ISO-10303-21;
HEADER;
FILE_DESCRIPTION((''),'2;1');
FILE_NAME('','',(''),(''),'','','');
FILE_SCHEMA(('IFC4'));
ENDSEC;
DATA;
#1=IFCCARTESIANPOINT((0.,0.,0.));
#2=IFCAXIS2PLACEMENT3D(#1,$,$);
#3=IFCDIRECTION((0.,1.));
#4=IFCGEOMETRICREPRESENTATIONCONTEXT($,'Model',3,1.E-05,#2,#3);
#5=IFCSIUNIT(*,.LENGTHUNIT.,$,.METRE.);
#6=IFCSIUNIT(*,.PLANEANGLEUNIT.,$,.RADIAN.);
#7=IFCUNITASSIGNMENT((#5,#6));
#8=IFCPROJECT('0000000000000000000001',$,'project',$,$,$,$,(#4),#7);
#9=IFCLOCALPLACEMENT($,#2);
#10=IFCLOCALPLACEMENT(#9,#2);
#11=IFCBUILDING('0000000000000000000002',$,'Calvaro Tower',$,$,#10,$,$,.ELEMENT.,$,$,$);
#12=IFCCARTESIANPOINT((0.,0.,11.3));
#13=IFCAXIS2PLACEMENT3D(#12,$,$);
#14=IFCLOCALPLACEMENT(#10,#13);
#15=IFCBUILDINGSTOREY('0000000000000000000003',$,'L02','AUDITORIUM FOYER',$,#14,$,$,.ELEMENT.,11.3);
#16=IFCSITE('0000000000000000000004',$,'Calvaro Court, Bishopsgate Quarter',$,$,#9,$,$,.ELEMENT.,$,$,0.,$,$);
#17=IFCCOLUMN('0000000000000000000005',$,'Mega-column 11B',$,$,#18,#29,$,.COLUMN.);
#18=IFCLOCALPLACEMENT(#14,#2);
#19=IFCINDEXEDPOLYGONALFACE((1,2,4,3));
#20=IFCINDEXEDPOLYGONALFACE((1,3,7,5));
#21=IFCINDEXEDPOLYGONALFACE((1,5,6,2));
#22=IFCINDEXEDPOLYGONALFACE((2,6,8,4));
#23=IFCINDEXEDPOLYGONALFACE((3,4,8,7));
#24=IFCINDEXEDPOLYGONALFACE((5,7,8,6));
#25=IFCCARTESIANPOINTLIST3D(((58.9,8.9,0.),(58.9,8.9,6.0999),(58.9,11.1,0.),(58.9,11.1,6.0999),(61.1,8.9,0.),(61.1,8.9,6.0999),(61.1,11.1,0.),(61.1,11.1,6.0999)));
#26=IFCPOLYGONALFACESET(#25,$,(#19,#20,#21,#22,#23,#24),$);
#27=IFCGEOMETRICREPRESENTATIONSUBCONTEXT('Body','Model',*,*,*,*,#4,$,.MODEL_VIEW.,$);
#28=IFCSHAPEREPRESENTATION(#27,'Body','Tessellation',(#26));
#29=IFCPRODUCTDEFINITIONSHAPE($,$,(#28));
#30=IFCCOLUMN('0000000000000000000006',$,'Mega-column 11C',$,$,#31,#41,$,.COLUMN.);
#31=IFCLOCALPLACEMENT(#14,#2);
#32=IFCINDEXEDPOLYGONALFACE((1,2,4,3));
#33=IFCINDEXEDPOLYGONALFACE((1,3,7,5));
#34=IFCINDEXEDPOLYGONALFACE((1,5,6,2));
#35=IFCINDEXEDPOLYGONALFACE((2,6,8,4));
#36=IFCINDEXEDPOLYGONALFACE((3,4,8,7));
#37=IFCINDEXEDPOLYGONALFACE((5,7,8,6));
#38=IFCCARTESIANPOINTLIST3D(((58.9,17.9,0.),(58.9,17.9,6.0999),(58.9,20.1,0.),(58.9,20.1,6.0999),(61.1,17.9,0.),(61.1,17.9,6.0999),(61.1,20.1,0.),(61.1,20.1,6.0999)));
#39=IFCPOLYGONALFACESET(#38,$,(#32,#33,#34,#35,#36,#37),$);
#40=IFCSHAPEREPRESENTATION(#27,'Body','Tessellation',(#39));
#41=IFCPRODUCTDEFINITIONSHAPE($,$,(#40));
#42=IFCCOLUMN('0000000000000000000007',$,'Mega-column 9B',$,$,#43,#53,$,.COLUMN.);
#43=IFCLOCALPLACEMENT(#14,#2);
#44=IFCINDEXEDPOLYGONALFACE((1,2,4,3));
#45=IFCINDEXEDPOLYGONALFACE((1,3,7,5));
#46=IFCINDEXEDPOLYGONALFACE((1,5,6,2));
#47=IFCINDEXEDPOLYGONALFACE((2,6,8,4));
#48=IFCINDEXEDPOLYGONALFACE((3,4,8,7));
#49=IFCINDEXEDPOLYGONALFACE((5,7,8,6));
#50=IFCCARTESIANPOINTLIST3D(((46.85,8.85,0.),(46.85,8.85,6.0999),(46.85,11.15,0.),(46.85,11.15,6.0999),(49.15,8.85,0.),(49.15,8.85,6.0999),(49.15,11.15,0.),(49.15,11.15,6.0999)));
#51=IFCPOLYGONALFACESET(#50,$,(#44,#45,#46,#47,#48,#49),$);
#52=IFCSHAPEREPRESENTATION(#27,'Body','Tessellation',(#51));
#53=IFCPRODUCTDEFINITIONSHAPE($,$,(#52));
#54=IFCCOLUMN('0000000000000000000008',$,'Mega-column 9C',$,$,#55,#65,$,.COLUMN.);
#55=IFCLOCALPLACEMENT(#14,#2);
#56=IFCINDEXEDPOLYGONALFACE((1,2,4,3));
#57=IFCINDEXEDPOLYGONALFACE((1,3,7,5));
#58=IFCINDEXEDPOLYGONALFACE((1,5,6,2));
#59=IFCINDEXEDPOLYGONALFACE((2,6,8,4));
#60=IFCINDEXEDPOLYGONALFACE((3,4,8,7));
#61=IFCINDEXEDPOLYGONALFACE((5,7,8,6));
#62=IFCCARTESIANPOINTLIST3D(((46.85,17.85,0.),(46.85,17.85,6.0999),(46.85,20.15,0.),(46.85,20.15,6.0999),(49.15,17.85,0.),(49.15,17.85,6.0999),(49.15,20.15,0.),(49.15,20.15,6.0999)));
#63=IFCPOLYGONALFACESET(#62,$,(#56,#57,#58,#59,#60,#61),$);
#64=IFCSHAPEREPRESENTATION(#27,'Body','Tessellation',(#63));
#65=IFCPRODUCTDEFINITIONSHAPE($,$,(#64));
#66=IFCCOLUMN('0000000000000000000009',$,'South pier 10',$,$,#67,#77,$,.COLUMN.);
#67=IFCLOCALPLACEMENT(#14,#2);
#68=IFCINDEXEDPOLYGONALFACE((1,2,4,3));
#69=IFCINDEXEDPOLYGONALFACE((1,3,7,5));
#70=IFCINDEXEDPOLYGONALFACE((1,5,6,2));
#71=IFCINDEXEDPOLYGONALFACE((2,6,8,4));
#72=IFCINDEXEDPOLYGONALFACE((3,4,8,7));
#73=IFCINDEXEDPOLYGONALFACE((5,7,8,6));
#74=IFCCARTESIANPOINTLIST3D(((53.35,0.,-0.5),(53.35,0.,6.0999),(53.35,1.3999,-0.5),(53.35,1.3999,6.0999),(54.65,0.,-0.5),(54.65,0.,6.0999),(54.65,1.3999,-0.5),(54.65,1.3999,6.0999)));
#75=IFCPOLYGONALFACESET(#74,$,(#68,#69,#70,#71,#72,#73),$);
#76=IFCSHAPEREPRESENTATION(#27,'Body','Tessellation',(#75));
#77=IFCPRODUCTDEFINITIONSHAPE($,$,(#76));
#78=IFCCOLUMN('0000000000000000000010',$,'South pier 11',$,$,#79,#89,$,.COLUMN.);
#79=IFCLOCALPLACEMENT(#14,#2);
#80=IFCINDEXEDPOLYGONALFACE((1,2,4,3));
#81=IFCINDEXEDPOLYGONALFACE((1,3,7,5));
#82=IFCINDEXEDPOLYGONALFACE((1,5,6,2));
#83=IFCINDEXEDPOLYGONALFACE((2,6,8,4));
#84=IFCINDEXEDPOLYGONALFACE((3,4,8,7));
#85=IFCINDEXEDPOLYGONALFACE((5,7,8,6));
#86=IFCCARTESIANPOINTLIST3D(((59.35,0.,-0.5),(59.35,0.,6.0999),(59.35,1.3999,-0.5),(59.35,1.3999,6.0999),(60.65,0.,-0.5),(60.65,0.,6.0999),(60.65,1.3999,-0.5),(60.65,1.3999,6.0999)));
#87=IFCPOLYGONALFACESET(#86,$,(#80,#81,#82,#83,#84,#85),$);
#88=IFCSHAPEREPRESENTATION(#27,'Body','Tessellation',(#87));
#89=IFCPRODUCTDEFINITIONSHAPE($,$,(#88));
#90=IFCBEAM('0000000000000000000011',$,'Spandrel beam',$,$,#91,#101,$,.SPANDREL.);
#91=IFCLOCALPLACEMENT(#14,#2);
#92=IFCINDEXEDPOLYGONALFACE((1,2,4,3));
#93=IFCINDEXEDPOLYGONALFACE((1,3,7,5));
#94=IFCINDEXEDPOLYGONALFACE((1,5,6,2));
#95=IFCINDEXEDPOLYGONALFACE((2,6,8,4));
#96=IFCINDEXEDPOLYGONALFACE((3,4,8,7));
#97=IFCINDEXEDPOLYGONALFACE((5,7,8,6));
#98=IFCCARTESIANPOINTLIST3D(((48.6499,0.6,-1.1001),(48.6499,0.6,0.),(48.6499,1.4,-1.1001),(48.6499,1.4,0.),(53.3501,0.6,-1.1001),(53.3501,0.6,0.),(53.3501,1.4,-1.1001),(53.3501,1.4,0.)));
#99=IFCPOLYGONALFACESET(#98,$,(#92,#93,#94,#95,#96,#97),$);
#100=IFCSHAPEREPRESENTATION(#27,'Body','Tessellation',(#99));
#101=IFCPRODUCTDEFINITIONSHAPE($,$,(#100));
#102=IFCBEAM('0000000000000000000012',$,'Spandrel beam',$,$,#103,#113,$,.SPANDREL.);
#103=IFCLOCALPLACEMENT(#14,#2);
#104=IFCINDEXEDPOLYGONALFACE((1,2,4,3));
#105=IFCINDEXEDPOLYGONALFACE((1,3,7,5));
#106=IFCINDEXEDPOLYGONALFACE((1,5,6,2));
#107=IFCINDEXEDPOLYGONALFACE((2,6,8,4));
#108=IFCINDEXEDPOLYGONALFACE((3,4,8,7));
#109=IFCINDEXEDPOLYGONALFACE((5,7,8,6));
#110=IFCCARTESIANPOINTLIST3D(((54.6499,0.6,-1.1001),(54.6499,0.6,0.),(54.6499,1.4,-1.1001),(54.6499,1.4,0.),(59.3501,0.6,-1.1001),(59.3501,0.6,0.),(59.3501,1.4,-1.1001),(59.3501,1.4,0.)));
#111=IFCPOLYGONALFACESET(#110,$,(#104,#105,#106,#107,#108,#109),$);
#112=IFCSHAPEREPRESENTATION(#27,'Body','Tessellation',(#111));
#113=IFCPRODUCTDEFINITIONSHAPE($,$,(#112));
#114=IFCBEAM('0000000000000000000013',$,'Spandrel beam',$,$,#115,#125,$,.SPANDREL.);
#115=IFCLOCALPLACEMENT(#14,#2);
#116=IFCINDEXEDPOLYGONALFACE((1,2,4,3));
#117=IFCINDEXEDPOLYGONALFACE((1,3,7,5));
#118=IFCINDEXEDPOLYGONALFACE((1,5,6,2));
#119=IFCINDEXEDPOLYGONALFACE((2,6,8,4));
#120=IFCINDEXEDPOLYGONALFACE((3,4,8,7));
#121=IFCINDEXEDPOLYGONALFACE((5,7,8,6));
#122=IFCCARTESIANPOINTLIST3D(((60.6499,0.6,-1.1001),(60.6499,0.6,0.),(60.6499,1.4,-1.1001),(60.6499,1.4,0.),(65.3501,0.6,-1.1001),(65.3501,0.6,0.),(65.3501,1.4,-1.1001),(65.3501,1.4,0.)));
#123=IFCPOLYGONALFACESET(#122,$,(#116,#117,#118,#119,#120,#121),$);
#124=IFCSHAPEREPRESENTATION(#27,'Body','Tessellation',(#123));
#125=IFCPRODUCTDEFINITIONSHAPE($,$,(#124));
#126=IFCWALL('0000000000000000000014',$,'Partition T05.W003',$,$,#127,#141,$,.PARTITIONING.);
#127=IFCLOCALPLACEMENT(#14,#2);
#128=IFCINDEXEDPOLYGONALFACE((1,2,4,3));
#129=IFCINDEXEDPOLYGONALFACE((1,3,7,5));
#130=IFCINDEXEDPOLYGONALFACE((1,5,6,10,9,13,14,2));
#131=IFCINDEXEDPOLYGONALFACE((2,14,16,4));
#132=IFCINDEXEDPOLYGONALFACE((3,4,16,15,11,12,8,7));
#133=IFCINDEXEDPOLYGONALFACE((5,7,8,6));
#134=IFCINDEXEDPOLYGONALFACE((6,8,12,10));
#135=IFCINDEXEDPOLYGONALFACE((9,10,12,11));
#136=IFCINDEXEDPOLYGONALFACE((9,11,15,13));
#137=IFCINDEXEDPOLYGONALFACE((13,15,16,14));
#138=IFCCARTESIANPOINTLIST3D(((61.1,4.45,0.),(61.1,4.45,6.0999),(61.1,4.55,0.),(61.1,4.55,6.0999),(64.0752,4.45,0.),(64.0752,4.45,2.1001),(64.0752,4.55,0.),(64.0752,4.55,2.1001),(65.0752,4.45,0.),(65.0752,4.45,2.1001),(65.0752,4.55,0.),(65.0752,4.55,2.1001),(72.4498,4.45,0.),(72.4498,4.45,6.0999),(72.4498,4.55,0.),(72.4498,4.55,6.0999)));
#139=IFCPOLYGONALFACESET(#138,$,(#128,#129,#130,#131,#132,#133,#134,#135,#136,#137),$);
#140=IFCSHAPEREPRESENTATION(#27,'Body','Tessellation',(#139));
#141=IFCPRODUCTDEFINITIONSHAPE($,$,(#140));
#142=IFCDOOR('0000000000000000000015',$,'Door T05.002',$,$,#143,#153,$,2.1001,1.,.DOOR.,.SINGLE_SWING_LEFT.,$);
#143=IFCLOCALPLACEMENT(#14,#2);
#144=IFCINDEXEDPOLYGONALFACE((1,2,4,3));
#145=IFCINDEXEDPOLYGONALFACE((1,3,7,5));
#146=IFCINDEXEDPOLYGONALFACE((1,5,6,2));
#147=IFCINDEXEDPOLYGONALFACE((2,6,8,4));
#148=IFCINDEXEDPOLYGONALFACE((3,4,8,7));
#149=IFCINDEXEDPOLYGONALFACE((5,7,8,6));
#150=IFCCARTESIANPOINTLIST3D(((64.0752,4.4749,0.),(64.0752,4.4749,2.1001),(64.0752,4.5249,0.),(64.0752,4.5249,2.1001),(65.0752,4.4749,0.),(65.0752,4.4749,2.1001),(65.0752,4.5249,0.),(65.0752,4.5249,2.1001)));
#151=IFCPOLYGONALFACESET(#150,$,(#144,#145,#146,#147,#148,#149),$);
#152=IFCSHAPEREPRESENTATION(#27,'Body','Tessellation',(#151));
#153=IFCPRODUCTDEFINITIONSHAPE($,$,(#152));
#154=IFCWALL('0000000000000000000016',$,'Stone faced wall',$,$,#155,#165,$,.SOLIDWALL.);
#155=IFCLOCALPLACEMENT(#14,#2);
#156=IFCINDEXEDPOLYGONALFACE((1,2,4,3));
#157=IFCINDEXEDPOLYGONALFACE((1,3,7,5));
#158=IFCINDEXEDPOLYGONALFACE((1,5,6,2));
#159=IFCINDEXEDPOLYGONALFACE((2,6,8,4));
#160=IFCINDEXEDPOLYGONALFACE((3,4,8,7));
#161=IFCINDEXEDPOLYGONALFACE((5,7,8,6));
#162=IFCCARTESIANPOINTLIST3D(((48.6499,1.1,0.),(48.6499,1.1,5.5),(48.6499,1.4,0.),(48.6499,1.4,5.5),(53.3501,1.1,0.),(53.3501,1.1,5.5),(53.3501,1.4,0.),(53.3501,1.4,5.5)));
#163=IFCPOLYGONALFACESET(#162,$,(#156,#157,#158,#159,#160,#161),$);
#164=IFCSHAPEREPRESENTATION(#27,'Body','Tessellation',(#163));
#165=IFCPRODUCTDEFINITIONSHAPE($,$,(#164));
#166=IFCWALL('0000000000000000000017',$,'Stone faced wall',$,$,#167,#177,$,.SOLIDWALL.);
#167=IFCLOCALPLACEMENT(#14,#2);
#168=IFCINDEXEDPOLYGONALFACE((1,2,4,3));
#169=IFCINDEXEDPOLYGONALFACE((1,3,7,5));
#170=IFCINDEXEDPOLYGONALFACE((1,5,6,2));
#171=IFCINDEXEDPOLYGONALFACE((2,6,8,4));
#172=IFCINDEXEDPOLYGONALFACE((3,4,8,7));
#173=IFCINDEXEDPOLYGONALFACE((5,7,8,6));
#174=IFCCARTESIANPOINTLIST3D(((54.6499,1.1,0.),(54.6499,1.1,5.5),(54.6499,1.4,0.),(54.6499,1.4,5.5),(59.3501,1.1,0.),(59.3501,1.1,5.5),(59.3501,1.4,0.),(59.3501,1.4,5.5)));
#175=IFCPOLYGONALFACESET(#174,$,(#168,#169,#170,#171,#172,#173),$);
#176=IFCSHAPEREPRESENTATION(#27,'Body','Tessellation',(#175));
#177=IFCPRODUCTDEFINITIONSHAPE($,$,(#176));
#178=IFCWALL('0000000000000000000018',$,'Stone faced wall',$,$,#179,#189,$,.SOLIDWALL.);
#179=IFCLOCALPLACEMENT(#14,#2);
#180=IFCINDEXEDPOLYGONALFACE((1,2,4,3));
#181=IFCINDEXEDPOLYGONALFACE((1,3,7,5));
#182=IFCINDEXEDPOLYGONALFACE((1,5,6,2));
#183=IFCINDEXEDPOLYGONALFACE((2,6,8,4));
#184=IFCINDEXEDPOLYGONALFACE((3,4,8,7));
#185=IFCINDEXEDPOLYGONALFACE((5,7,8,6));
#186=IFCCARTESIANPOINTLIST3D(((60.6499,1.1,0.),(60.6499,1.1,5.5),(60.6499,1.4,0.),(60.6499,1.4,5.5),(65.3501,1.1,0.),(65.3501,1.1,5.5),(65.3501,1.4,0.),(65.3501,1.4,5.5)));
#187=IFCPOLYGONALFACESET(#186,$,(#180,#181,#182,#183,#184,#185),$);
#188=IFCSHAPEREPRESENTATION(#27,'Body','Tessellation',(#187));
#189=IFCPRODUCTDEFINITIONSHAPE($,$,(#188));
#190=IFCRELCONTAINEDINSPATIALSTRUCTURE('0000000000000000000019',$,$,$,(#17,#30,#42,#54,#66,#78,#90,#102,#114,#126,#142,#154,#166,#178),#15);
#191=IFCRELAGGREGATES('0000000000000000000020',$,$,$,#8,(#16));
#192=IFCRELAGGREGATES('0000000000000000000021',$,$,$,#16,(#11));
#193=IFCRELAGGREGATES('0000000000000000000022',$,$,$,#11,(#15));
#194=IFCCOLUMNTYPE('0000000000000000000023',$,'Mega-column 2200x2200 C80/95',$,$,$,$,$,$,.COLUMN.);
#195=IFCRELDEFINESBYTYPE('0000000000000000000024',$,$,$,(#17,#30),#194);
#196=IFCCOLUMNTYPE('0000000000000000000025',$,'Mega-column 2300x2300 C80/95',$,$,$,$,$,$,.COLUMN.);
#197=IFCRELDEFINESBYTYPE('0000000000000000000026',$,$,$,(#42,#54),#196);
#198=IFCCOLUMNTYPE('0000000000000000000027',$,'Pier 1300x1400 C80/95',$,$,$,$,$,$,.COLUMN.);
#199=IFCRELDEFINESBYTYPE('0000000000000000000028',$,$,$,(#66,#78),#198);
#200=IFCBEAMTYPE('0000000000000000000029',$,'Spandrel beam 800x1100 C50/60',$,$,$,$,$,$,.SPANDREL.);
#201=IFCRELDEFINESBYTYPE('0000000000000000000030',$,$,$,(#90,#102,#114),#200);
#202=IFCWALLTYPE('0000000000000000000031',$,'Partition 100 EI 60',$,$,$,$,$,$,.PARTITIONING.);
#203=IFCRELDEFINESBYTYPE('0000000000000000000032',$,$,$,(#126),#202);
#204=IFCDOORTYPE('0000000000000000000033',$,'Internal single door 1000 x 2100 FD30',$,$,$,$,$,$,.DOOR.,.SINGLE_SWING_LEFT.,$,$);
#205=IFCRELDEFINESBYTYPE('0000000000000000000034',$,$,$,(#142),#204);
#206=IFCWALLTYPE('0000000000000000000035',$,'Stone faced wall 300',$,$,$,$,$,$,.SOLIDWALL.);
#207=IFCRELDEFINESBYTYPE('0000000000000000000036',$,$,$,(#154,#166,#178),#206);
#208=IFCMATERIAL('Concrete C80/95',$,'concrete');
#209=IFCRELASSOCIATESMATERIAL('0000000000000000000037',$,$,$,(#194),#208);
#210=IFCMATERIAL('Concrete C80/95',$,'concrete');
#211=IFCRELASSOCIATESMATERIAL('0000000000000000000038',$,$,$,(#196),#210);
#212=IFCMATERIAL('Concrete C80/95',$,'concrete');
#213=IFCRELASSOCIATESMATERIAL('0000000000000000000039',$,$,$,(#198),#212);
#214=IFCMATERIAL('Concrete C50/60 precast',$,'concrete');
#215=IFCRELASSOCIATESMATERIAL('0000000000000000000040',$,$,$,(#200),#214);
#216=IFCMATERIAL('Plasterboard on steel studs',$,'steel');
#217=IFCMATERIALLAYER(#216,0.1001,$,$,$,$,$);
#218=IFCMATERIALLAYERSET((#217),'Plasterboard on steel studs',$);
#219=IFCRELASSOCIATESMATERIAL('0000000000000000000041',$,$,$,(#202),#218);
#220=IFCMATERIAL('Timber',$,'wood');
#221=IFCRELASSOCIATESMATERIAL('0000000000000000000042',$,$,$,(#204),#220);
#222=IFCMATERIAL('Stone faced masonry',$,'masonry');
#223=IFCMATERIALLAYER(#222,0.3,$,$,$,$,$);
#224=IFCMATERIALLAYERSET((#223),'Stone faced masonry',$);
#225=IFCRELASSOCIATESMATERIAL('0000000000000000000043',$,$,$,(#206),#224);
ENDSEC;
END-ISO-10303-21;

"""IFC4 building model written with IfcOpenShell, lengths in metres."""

from ifc_helpers import new_model, si_unit, direction, frame, frame_2d, origin, origin_2d, place, context, subcontext, project, spatial, rectangle, extrude, material, layer, layer_set, material_profile, profile_set, type_object, element, fill, save


model = new_model("IFC4")

# Units and contexts
model_context = context("Model", 3, precision=1e-05, world=origin(), true_north=direction((0.0, 1.0)))
body_context = subcontext(model_context, "Body", "Model", "MODEL_VIEW")
ifc_project = project(units=[si_unit("LENGTHUNIT", "METRE"), si_unit("PLANEANGLEUNIT", "RADIAN")], contexts=[model_context])

# Site, building, storey
site_placement = place(None, origin())
site = spatial("IfcSite", under=ifc_project, at=site_placement, Name="Calvaro Court, Bishopsgate Quarter", CompositionType="ELEMENT", RefElevation=0.0)
building_placement = place(site_placement, origin())
building = spatial("IfcBuilding", under=site, at=building_placement, Name="Calvaro Tower", CompositionType="ELEMENT")
storey_placement = place(building_placement, frame((0.0, 0.0, 11.3)))
storey = spatial("IfcBuildingStorey", under=building, at=storey_placement, Name="L02", Description="AUDITORIUM FOYER", CompositionType="ELEMENT", Elevation=11.3)

# Columns
ifc_material_1 = material(Name="Concrete C80/95", Category="concrete")
ifc_material_profile_1 = material_profile(ifc_material_1, rectangle(XDim=2.2, YDim=2.2, at=origin_2d()), Name="RC 2200x2200")
ifc_profile_set_1 = profile_set([ifc_material_profile_1], Name="Concrete C80/95")
column_type_1 = type_object("IfcColumnType", Name="Mega-column 2200x2200 C80/95", PredefinedType="COLUMN", material=ifc_profile_set_1)
for number, where, z_axis, x_axis, name in (
    (1, (60.0, 10.0, 0.0), (0.0, 0.0, 1.0), (1.0, 0.0, 0.0), "Mega-column 11B"),
    (2, (60.0, 19.0, 0.0), (0.0, 0.0, 1.0), (1.0, 0.0, 0.0), "Mega-column 11C"),
):
    element("IfcColumn", number, at=place(storey_placement, frame(where, z_axis=z_axis, x_axis=x_axis)), inside=storey, type_object=column_type_1, Name=name, PredefinedType="COLUMN", context=body_context, shape_type="SweptSolid", body=[
        extrude(rectangle(XDim=2.2, YDim=2.2, at=origin_2d()), origin(), (0.0, 0.0, 1.0), 6.0999),
    ])
ifc_material_2 = material(Name="Concrete C80/95", Category="concrete")
ifc_material_profile_2 = material_profile(ifc_material_2, rectangle(XDim=2.3, YDim=2.3, at=origin_2d()), Name="RC 2300x2300")
ifc_profile_set_2 = profile_set([ifc_material_profile_2], Name="Concrete C80/95")
column_type_2 = type_object("IfcColumnType", Name="Mega-column 2300x2300 C80/95", PredefinedType="COLUMN", material=ifc_profile_set_2)
for number, where, z_axis, x_axis, name in (
    (3, (48.0, 10.0, 0.0), (0.0, 0.0, 1.0), (1.0, 0.0, 0.0), "Mega-column 9B"),
    (4, (48.0, 19.0, 0.0), (0.0, 0.0, 1.0), (1.0, 0.0, 0.0), "Mega-column 9C"),
):
    element("IfcColumn", number, at=place(storey_placement, frame(where, z_axis=z_axis, x_axis=x_axis)), inside=storey, type_object=column_type_2, Name=name, PredefinedType="COLUMN", context=body_context, shape_type="SweptSolid", body=[
        extrude(rectangle(XDim=2.3, YDim=2.3, at=origin_2d()), origin(), (0.0, 0.0, 1.0), 6.0999),
    ])
ifc_material_3 = material(Name="Concrete C80/95", Category="concrete")
ifc_material_profile_3 = material_profile(ifc_material_3, rectangle(XDim=1.3, YDim=1.3999, at=origin_2d()), Name="RC 1300x1400")
ifc_profile_set_3 = profile_set([ifc_material_profile_3], Name="Concrete C80/95")
column_type_3 = type_object("IfcColumnType", Name="Pier 1300x1400 C80/95", PredefinedType="COLUMN", material=ifc_profile_set_3)
for number, where, z_axis, x_axis, name in (
    (5, (54.0, 0.7, -0.5), (0.0, 0.0, 1.0), (1.0, 0.0, 0.0), "South pier 10"),
    (6, (60.0, 0.7, -0.5), (0.0, 0.0, 1.0), (1.0, 0.0, 0.0), "South pier 11"),
):
    element("IfcColumn", number, at=place(storey_placement, frame(where, z_axis=z_axis, x_axis=x_axis)), inside=storey, type_object=column_type_3, Name=name, PredefinedType="COLUMN", context=body_context, shape_type="SweptSolid", body=[
        extrude(rectangle(XDim=1.3, YDim=1.3999, at=origin_2d()), origin(), (0.0, 0.0, 1.0), 6.5999),
    ])

# Beams
ifc_material_4 = material(Name="Concrete C50/60 precast", Category="concrete")
ifc_material_profile_4 = material_profile(ifc_material_4, rectangle(XDim=0.8, YDim=1.1001, at=origin_2d()), Name="RC 800x1100")
ifc_profile_set_4 = profile_set([ifc_material_profile_4], Name="Concrete C50/60 precast")
beam_type = type_object("IfcBeamType", Name="Spandrel beam 800x1100 C50/60", PredefinedType="SPANDREL", material=ifc_profile_set_4)
for number, where, z_axis, x_axis, name in (
    (7, (48.6499, 1.0, -0.55), (1.0, 0.0, 0.0), (0.0, 1.0, 0.0), "Spandrel beam"),
    (8, (54.6499, 1.0, -0.55), (1.0, 0.0, 0.0), (0.0, 1.0, 0.0), "Spandrel beam"),
    (9, (60.6499, 1.0, -0.55), (1.0, 0.0, 0.0), (0.0, 1.0, 0.0), "Spandrel beam"),
):
    element("IfcBeam", number, at=place(storey_placement, frame(where, z_axis=z_axis, x_axis=x_axis)), inside=storey, type_object=beam_type, Name=name, PredefinedType="SPANDREL", context=body_context, shape_type="SweptSolid", body=[
        extrude(rectangle(XDim=0.8, YDim=1.1001, at=origin_2d()), origin(), (0.0, 0.0, 1.0), 4.7002),
    ])

# Wall, opening, door
ifc_material_5 = material(Name="Plasterboard on steel studs", Category="steel")
ifc_layer_1 = layer(ifc_material_5, 0.1001)
ifc_layer_set_1 = layer_set([ifc_layer_1], Name="Plasterboard on steel studs")
wall_type_1 = type_object("IfcWallType", Name="Partition 100 EI 60", PredefinedType="PARTITIONING", material=ifc_layer_set_1)
wall_placement = place(storey_placement, frame((61.1001, 4.5, 0.0), z_axis=(0.0, 0.0, 1.0), x_axis=(1.0, 0.0, 0.0)))
wall = element("IfcWall", 10, at=wall_placement, inside=storey, type_object=wall_type_1, Name="Partition T05.W003", PredefinedType="PARTITIONING", context=body_context, shape_type="SweptSolid", body=[
    extrude(rectangle(XDim=11.3499, YDim=0.1001, at=frame_2d((5.6748, 0.0))), origin(), (0.0, 0.0, 1.0), 6.0999),
])
opening_placement = place(wall_placement, frame((2.9751, 0.0, 0.0)))
opening = element("IfcOpeningElement", 11, at=opening_placement, cuts=wall, PredefinedType="OPENING", context=body_context, shape_type="SweptSolid", body=[
    extrude(rectangle(XDim=1.0, YDim=2.1001, at=frame_2d((0.5, 1.05))), frame((0.0, 0.0601, 0.0), z_axis=(0.0, -1.0, 0.0), x_axis=(1.0, 0.0, 0.0)), (0.0, 0.0, 1.0), 0.1201),
])
ifc_material_6 = material(Name="Timber", Category="wood")
door_type = type_object("IfcDoorType", Name="Internal single door 1000 x 2100 FD30", OperationType="SINGLE_SWING_LEFT", PredefinedType="DOOR", material=ifc_material_6)
door_placement = place(opening_placement, origin())
door = element("IfcDoor", 12, at=door_placement, inside=storey, type_object=door_type, Name="Door T05.002", OperationType="SINGLE_SWING_LEFT", OverallHeight=2.1001, OverallWidth=1.0, PredefinedType="DOOR", context=body_context, shape_type="SweptSolid", body=[
    extrude(rectangle(XDim=1.0, YDim=2.1001, at=frame_2d((0.5, 1.05))), frame((0.0, 0.0249, 0.0), z_axis=(0.0, -1.0, 0.0), x_axis=(1.0, 0.0, 0.0)), (0.0, 0.0, 1.0), 0.05),
])
fill(opening, door)

# Walls
ifc_material_7 = material(Name="Stone faced masonry", Category="masonry")
ifc_layer_2 = layer(ifc_material_7, 0.3)
ifc_layer_set_2 = layer_set([ifc_layer_2], Name="Stone faced masonry")
wall_type_2 = type_object("IfcWallType", Name="Stone faced wall 300", PredefinedType="SOLIDWALL", material=ifc_layer_set_2)
for number, where, z_axis, x_axis, name in (
    (13, (48.6499, 1.25, 0.0), (0.0, 0.0, 1.0), (1.0, 0.0, 0.0), "Stone faced wall"),
    (14, (54.6499, 1.25, 0.0), (0.0, 0.0, 1.0), (1.0, 0.0, 0.0), "Stone faced wall"),
    (15, (60.6499, 1.25, 0.0), (0.0, 0.0, 1.0), (1.0, 0.0, 0.0), "Stone faced wall"),
):
    element("IfcWall", number, at=place(storey_placement, frame(where, z_axis=z_axis, x_axis=x_axis)), inside=storey, type_object=wall_type_2, Name=name, PredefinedType="SOLIDWALL", context=body_context, shape_type="SweptSolid", body=[
        extrude(rectangle(XDim=4.7002, YDim=0.3, at=frame_2d((2.3501, 0.0))), origin(), (0.0, 0.0, 1.0), 5.5),
    ])

save(model, "model.ifc")
